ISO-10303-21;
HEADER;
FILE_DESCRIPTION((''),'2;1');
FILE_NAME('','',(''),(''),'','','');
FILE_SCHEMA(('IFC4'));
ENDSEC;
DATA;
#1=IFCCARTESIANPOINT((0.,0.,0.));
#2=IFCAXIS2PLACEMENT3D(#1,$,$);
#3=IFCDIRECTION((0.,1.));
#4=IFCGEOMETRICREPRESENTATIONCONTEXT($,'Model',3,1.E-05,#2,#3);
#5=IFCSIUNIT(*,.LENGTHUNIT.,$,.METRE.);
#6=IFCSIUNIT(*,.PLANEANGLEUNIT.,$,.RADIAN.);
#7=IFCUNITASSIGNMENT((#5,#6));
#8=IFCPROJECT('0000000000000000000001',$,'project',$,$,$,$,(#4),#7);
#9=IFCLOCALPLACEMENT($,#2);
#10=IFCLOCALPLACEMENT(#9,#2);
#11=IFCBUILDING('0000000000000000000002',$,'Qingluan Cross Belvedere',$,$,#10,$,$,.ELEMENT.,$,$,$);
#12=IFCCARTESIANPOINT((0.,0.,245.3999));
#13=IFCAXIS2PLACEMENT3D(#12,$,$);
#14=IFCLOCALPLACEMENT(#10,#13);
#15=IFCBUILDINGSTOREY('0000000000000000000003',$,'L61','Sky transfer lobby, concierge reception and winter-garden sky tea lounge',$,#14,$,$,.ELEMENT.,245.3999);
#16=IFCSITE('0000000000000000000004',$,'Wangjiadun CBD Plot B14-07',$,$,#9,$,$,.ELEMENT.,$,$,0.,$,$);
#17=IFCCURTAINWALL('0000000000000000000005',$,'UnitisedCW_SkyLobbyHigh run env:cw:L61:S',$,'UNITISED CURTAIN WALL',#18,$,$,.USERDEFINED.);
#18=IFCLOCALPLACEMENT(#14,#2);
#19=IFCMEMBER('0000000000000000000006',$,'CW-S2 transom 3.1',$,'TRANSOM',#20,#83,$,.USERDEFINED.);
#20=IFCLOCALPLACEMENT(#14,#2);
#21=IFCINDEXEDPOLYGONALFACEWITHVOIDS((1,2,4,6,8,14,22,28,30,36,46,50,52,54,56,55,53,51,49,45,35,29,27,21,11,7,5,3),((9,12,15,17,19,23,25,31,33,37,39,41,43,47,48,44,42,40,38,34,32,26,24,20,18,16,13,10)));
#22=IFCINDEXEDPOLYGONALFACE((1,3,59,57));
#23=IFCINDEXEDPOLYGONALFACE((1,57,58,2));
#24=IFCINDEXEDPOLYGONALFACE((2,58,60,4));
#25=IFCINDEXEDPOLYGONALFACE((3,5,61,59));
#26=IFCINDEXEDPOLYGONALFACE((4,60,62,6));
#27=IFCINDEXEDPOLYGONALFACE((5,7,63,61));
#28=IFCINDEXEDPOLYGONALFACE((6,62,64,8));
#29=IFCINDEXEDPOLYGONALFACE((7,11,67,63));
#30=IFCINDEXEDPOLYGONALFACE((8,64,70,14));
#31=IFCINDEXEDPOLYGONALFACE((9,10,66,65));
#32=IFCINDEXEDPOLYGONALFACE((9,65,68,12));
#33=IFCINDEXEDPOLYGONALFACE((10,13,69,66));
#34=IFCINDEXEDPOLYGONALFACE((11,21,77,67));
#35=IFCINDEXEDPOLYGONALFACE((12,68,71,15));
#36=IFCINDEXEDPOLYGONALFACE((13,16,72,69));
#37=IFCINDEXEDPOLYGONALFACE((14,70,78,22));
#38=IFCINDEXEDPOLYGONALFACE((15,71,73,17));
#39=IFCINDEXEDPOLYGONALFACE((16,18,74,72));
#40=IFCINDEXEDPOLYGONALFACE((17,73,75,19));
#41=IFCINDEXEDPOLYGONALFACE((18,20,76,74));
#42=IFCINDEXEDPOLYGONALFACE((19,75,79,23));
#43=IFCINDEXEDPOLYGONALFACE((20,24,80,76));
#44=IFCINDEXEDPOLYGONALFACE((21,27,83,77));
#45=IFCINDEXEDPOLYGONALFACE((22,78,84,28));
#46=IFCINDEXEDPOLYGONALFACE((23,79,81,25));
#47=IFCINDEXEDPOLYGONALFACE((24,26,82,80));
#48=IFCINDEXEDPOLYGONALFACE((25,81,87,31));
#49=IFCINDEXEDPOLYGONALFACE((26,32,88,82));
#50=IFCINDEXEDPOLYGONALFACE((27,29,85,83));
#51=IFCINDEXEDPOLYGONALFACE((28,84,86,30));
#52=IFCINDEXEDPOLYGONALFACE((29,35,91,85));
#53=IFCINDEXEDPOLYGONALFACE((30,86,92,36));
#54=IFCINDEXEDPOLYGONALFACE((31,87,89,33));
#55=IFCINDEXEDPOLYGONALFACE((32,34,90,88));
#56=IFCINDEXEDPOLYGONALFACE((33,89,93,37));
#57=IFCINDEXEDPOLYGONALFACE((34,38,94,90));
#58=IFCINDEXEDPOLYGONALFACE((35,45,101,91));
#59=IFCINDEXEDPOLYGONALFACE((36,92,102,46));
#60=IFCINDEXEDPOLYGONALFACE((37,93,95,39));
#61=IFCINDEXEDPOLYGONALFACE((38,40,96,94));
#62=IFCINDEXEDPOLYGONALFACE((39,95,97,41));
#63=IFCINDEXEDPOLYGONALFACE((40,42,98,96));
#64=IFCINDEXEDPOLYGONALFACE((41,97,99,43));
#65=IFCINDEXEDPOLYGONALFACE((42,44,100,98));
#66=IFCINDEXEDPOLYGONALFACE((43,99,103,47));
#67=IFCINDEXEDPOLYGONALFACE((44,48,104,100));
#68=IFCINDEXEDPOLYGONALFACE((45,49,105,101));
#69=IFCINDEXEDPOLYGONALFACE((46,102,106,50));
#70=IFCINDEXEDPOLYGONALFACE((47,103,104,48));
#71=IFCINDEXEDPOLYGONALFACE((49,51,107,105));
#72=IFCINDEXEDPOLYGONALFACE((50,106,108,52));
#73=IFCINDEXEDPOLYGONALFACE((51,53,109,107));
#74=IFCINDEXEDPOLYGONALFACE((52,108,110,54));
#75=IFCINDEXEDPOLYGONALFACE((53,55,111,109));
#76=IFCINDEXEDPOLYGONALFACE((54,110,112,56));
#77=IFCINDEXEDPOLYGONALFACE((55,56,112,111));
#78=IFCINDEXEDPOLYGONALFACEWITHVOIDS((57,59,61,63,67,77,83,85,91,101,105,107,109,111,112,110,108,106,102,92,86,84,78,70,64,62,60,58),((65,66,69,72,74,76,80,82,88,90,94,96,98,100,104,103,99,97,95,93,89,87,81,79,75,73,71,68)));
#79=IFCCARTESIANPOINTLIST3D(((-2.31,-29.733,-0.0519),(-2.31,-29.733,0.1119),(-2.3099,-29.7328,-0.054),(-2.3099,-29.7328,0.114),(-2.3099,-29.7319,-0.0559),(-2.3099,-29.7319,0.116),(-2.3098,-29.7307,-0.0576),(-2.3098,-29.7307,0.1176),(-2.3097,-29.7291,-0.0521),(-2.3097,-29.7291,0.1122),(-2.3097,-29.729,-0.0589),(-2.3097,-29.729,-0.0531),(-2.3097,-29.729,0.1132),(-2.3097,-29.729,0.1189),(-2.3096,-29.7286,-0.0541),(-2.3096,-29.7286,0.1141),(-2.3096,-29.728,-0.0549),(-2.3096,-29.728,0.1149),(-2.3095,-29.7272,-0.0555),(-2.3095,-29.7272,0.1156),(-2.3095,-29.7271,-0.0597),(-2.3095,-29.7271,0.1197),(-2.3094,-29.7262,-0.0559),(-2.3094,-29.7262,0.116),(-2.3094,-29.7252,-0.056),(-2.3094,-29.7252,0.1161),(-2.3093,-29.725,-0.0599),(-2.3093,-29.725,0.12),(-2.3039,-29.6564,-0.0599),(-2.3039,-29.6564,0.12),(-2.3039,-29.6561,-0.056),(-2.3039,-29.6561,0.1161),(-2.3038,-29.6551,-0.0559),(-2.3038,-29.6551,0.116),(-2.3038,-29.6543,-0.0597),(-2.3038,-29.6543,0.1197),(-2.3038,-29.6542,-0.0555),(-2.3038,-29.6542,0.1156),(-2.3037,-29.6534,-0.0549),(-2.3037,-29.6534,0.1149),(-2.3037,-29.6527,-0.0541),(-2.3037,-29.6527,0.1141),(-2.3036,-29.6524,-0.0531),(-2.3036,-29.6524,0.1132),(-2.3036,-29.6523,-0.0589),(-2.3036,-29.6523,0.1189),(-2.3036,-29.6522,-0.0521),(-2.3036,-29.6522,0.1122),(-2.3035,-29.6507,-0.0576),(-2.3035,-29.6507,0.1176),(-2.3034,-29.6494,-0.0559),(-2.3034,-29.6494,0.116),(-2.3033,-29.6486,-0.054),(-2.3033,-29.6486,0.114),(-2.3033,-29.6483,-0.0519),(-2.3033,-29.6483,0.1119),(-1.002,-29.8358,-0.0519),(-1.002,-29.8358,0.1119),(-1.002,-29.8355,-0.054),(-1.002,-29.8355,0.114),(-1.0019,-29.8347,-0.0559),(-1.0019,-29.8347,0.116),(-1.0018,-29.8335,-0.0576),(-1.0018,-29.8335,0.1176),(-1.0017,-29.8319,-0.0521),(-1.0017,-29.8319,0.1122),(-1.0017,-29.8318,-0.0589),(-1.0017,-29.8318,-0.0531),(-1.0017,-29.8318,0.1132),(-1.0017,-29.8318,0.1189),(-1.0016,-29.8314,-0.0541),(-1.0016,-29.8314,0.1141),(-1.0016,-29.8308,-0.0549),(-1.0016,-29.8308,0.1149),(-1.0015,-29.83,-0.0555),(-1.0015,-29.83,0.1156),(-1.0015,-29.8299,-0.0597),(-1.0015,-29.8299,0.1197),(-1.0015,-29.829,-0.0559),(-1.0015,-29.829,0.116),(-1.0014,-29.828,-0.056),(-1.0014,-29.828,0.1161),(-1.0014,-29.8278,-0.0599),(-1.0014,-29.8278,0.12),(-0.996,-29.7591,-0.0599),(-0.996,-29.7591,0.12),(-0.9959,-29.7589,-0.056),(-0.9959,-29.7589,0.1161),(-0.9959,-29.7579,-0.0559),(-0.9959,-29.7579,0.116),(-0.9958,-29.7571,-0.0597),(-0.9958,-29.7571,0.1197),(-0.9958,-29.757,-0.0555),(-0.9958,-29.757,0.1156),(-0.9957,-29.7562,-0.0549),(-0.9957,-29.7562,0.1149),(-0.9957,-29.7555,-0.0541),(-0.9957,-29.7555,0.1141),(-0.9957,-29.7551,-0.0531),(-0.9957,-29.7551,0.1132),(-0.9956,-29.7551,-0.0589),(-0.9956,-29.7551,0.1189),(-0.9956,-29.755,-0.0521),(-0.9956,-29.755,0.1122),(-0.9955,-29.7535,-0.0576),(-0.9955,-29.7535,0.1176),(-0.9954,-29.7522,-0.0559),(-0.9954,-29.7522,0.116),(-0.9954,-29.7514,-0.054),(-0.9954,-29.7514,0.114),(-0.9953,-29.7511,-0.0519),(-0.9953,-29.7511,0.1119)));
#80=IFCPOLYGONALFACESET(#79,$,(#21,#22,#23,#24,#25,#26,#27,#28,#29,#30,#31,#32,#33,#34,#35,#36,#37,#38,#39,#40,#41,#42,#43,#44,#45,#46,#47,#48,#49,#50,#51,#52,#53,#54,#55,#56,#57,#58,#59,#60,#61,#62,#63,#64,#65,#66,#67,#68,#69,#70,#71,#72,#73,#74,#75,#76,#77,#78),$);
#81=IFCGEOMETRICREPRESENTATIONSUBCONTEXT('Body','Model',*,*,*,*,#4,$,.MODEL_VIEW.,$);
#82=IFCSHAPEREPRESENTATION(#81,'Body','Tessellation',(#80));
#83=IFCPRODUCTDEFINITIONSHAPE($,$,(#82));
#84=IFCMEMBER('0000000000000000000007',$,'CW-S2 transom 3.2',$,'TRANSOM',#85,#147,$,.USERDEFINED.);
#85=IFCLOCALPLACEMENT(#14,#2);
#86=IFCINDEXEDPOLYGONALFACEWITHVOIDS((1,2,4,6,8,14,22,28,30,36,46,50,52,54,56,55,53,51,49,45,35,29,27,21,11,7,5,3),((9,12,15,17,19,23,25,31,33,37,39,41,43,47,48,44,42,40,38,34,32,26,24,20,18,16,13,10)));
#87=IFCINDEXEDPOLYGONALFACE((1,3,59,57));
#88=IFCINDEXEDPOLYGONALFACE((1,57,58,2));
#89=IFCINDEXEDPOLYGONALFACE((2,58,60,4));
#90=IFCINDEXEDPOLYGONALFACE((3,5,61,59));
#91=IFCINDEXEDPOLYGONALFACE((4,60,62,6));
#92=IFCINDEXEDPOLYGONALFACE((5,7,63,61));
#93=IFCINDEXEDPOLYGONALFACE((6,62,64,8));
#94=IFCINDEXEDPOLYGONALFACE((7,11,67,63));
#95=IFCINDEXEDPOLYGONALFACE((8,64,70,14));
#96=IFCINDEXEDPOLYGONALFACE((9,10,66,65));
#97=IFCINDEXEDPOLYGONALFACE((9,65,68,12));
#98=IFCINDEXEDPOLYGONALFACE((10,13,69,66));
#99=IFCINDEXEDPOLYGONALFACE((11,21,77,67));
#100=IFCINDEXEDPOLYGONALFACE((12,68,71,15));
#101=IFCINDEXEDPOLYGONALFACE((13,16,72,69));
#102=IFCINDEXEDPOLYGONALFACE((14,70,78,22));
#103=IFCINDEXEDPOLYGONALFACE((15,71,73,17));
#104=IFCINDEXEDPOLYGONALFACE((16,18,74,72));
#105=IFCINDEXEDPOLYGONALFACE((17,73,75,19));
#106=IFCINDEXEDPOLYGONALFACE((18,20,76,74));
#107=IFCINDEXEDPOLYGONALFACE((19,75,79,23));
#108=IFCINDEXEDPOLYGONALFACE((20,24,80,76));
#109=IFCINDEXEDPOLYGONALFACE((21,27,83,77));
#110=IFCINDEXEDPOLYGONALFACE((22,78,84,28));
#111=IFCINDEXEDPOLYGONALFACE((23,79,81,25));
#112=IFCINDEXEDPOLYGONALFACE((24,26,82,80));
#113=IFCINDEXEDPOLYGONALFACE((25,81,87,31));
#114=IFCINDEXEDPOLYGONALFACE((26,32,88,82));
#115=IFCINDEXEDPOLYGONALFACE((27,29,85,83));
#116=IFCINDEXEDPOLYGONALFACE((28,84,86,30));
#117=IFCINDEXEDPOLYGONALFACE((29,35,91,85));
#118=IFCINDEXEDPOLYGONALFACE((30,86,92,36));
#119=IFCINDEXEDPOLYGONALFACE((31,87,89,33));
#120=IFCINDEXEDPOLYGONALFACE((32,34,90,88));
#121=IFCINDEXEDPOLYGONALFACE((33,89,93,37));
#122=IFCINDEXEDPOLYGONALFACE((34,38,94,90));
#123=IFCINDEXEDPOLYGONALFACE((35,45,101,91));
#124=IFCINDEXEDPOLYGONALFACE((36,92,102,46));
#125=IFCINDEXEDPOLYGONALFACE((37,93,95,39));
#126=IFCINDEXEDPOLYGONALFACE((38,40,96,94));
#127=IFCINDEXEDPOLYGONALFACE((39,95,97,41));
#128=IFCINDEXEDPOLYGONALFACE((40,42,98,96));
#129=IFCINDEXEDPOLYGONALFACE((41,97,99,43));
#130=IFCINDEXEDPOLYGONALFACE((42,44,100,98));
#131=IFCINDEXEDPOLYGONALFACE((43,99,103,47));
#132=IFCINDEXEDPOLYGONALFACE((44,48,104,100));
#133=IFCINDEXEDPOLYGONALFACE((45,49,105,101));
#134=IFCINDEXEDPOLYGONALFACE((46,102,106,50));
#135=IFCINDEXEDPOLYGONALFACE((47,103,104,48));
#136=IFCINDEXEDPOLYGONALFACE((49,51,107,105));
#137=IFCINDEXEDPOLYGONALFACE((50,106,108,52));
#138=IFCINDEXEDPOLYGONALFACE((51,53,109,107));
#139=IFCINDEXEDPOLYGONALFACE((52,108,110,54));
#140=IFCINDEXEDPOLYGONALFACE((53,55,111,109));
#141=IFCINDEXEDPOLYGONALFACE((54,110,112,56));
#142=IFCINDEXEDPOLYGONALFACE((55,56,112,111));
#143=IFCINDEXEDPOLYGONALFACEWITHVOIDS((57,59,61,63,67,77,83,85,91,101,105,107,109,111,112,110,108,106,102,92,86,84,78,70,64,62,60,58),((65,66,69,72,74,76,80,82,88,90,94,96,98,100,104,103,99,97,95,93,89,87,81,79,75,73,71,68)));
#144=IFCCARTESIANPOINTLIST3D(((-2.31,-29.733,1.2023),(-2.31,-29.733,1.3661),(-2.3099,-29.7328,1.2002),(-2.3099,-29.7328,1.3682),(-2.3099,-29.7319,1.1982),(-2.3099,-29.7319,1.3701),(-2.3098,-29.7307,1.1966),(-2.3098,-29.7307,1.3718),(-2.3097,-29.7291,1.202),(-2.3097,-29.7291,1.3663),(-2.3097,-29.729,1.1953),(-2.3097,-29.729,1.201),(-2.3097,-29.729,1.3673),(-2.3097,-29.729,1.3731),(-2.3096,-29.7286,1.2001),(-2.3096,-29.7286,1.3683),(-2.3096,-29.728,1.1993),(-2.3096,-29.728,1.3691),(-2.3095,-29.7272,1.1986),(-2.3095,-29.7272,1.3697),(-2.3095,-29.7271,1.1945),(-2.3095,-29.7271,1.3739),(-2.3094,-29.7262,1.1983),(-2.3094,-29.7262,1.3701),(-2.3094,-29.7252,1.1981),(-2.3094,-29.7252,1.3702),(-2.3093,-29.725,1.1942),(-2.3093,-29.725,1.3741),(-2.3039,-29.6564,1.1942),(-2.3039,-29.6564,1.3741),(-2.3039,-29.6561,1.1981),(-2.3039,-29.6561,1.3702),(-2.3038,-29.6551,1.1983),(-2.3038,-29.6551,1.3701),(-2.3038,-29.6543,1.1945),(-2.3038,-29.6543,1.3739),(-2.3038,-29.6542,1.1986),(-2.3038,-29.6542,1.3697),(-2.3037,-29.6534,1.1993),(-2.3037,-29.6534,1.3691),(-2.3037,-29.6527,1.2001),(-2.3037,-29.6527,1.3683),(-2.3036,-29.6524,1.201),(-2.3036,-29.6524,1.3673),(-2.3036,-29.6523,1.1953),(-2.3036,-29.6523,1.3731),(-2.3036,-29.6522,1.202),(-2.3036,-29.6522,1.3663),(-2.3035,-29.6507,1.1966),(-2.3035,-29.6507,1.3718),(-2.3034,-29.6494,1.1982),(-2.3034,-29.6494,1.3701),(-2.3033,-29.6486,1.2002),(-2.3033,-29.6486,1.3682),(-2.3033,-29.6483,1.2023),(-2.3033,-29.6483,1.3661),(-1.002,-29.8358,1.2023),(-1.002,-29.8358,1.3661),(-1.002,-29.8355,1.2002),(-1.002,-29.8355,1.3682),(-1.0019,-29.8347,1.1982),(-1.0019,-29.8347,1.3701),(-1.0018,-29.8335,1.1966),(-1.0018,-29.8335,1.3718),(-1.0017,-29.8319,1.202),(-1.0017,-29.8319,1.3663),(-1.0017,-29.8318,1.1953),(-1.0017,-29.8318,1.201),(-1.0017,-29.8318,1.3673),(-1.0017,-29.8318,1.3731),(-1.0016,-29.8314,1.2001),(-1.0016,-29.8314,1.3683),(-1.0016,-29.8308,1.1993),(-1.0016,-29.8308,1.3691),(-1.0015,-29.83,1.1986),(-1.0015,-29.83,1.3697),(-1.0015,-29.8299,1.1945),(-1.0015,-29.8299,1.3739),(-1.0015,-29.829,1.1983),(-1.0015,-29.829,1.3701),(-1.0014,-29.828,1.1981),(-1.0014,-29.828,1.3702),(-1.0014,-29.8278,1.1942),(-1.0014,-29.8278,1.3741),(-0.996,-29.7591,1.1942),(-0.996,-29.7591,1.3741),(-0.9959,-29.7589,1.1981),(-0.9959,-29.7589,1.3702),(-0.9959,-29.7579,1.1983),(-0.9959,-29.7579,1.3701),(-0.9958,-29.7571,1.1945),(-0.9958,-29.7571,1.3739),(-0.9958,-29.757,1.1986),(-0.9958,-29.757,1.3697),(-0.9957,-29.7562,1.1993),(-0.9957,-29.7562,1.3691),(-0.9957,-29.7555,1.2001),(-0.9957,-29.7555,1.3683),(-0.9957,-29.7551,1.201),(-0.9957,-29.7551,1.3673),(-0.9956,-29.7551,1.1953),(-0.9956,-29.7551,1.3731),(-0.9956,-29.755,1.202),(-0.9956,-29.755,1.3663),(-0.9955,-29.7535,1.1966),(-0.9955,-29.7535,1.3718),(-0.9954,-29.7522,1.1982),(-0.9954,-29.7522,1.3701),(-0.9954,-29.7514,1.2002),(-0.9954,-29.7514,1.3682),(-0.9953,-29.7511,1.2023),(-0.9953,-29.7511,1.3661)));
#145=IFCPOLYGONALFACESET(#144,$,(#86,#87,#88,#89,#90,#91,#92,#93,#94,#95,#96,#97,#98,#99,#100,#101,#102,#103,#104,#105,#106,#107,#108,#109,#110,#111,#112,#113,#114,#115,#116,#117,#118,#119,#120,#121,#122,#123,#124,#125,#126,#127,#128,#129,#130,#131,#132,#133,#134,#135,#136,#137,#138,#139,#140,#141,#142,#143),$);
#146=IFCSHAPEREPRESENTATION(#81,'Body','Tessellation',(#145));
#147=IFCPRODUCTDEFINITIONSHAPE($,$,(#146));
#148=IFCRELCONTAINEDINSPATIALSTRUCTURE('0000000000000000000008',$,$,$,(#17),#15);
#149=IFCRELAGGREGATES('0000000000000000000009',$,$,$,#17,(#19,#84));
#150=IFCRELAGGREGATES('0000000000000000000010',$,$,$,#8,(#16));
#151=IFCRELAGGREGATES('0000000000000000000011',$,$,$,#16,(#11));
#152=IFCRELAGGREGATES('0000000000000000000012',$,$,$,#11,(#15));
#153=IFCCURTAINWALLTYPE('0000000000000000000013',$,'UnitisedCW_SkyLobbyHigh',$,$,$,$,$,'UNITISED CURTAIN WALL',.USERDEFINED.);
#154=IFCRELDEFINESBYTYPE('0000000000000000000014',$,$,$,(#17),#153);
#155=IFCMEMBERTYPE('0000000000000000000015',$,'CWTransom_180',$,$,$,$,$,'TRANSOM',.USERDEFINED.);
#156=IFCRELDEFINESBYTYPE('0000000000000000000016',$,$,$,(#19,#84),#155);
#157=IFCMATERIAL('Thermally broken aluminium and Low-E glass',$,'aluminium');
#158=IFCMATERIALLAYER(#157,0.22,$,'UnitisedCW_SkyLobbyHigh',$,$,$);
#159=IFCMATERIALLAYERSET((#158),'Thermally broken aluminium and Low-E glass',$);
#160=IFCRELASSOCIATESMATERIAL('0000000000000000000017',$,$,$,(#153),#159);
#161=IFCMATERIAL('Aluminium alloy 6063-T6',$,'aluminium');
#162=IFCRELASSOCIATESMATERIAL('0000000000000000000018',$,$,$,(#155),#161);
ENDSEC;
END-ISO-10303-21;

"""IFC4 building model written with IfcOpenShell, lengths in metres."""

from ifc_helpers import new_model, si_unit, direction, frame, origin, origin_2d, place, context, subcontext, project, spatial, hollow_rectangle, extrude, material, layer, layer_set, material_profile, profile_set, type_object, element, aggregate, save


model = new_model("IFC4")

# Units and contexts
model_context = context("Model", 3, precision=1e-05, world=origin(), true_north=direction((0.0, 1.0)))
body_context = subcontext(model_context, "Body", "Model", "MODEL_VIEW")
ifc_project = project(units=[si_unit("LENGTHUNIT", "METRE"), si_unit("PLANEANGLEUNIT", "RADIAN")], contexts=[model_context])

# Site, building, storey
site_placement = place(None, origin())
site = spatial("IfcSite", under=ifc_project, at=site_placement, Name="Wangjiadun CBD Plot B14-07", CompositionType="ELEMENT", RefElevation=0.0)
building_placement = place(site_placement, origin())
building = spatial("IfcBuilding", under=site, at=building_placement, Name="Qingluan Cross Belvedere", CompositionType="ELEMENT")
storey_placement = place(building_placement, frame((0.0, 0.0, 245.3999)))
storey = spatial("IfcBuildingStorey", under=building, at=storey_placement, Name="L61", Description="Sky transfer lobby, concierge reception and winter-garden sky tea lounge", CompositionType="ELEMENT", Elevation=245.3999)

# Curtain wall, members
ifc_material_1 = material(Name="Thermally broken aluminium and Low-E glass", Category="aluminium")
ifc_layer_1 = layer(ifc_material_1, 0.22, Name="UnitisedCW_SkyLobbyHigh")
ifc_layer_set_1 = layer_set([ifc_layer_1], Name="Thermally broken aluminium and Low-E glass")
curtain_wall_type = type_object("IfcCurtainWallType", Name="UnitisedCW_SkyLobbyHigh", ElementType="UNITISED CURTAIN WALL", PredefinedType="USERDEFINED", material=ifc_layer_set_1)
curtain_wall_placement = place(storey_placement, origin())
curtain_wall = element("IfcCurtainWall", 1, at=curtain_wall_placement, inside=storey, type_object=curtain_wall_type, Name="UnitisedCW_SkyLobbyHigh run env:cw:L61:S", ObjectType="UNITISED CURTAIN WALL", PredefinedType="USERDEFINED")
ifc_material_2 = material(Name="Aluminium alloy 6063-T6", Category="aluminium")
ifc_material_profile_1 = material_profile(ifc_material_2, hollow_rectangle(XDim=0.085, YDim=0.1799, WallThickness=0.0039, InnerFilletRadius=0.0039, OuterFilletRadius=0.0081, at=origin_2d()), Name="CWT180x85x4")
ifc_profile_set_1 = profile_set([ifc_material_profile_1], Name="Aluminium alloy 6063-T6")
member_type_1 = type_object("IfcMemberType", Name="CWTransom_180", ElementType="TRANSOM", PredefinedType="USERDEFINED", material=ifc_profile_set_1)
member_1_placement = place(storey_placement, frame((-2.3066, -29.6907, 0.03), z_axis=(0.996926, -0.078347, 0.0), x_axis=(0.078347, 0.996926, 0.0)))
member_1 = element("IfcMember", 2, at=member_1_placement, type_object=member_type_1, Name="CW-S2 transom 3.1", ObjectType="TRANSOM", PredefinedType="USERDEFINED", context=body_context, shape_type="SweptSolid", body=[
    extrude(hollow_rectangle(XDim=0.085, YDim=0.1799, WallThickness=0.0039, InnerFilletRadius=0.0039, OuterFilletRadius=0.0081, at=origin_2d()), origin(), (0.0, 0.0, 1.0), 1.312),
])
member_2_placement = place(storey_placement, frame((-2.3066, -29.6907, 1.2842), z_axis=(0.996926, -0.078347, 0.0), x_axis=(0.078347, 0.996926, 0.0)))
member_2 = element("IfcMember", 3, at=member_2_placement, type_object=member_type_1, Name="CW-S2 transom 3.2", ObjectType="TRANSOM", PredefinedType="USERDEFINED", context=body_context, shape_type="SweptSolid", body=[
    extrude(hollow_rectangle(XDim=0.085, YDim=0.1799, WallThickness=0.0039, InnerFilletRadius=0.0039, OuterFilletRadius=0.0081, at=origin_2d()), origin(), (0.0, 0.0, 1.0), 1.312),
])
aggregate(curtain_wall, [member_1, member_2])

save(model, "model.ifc")
